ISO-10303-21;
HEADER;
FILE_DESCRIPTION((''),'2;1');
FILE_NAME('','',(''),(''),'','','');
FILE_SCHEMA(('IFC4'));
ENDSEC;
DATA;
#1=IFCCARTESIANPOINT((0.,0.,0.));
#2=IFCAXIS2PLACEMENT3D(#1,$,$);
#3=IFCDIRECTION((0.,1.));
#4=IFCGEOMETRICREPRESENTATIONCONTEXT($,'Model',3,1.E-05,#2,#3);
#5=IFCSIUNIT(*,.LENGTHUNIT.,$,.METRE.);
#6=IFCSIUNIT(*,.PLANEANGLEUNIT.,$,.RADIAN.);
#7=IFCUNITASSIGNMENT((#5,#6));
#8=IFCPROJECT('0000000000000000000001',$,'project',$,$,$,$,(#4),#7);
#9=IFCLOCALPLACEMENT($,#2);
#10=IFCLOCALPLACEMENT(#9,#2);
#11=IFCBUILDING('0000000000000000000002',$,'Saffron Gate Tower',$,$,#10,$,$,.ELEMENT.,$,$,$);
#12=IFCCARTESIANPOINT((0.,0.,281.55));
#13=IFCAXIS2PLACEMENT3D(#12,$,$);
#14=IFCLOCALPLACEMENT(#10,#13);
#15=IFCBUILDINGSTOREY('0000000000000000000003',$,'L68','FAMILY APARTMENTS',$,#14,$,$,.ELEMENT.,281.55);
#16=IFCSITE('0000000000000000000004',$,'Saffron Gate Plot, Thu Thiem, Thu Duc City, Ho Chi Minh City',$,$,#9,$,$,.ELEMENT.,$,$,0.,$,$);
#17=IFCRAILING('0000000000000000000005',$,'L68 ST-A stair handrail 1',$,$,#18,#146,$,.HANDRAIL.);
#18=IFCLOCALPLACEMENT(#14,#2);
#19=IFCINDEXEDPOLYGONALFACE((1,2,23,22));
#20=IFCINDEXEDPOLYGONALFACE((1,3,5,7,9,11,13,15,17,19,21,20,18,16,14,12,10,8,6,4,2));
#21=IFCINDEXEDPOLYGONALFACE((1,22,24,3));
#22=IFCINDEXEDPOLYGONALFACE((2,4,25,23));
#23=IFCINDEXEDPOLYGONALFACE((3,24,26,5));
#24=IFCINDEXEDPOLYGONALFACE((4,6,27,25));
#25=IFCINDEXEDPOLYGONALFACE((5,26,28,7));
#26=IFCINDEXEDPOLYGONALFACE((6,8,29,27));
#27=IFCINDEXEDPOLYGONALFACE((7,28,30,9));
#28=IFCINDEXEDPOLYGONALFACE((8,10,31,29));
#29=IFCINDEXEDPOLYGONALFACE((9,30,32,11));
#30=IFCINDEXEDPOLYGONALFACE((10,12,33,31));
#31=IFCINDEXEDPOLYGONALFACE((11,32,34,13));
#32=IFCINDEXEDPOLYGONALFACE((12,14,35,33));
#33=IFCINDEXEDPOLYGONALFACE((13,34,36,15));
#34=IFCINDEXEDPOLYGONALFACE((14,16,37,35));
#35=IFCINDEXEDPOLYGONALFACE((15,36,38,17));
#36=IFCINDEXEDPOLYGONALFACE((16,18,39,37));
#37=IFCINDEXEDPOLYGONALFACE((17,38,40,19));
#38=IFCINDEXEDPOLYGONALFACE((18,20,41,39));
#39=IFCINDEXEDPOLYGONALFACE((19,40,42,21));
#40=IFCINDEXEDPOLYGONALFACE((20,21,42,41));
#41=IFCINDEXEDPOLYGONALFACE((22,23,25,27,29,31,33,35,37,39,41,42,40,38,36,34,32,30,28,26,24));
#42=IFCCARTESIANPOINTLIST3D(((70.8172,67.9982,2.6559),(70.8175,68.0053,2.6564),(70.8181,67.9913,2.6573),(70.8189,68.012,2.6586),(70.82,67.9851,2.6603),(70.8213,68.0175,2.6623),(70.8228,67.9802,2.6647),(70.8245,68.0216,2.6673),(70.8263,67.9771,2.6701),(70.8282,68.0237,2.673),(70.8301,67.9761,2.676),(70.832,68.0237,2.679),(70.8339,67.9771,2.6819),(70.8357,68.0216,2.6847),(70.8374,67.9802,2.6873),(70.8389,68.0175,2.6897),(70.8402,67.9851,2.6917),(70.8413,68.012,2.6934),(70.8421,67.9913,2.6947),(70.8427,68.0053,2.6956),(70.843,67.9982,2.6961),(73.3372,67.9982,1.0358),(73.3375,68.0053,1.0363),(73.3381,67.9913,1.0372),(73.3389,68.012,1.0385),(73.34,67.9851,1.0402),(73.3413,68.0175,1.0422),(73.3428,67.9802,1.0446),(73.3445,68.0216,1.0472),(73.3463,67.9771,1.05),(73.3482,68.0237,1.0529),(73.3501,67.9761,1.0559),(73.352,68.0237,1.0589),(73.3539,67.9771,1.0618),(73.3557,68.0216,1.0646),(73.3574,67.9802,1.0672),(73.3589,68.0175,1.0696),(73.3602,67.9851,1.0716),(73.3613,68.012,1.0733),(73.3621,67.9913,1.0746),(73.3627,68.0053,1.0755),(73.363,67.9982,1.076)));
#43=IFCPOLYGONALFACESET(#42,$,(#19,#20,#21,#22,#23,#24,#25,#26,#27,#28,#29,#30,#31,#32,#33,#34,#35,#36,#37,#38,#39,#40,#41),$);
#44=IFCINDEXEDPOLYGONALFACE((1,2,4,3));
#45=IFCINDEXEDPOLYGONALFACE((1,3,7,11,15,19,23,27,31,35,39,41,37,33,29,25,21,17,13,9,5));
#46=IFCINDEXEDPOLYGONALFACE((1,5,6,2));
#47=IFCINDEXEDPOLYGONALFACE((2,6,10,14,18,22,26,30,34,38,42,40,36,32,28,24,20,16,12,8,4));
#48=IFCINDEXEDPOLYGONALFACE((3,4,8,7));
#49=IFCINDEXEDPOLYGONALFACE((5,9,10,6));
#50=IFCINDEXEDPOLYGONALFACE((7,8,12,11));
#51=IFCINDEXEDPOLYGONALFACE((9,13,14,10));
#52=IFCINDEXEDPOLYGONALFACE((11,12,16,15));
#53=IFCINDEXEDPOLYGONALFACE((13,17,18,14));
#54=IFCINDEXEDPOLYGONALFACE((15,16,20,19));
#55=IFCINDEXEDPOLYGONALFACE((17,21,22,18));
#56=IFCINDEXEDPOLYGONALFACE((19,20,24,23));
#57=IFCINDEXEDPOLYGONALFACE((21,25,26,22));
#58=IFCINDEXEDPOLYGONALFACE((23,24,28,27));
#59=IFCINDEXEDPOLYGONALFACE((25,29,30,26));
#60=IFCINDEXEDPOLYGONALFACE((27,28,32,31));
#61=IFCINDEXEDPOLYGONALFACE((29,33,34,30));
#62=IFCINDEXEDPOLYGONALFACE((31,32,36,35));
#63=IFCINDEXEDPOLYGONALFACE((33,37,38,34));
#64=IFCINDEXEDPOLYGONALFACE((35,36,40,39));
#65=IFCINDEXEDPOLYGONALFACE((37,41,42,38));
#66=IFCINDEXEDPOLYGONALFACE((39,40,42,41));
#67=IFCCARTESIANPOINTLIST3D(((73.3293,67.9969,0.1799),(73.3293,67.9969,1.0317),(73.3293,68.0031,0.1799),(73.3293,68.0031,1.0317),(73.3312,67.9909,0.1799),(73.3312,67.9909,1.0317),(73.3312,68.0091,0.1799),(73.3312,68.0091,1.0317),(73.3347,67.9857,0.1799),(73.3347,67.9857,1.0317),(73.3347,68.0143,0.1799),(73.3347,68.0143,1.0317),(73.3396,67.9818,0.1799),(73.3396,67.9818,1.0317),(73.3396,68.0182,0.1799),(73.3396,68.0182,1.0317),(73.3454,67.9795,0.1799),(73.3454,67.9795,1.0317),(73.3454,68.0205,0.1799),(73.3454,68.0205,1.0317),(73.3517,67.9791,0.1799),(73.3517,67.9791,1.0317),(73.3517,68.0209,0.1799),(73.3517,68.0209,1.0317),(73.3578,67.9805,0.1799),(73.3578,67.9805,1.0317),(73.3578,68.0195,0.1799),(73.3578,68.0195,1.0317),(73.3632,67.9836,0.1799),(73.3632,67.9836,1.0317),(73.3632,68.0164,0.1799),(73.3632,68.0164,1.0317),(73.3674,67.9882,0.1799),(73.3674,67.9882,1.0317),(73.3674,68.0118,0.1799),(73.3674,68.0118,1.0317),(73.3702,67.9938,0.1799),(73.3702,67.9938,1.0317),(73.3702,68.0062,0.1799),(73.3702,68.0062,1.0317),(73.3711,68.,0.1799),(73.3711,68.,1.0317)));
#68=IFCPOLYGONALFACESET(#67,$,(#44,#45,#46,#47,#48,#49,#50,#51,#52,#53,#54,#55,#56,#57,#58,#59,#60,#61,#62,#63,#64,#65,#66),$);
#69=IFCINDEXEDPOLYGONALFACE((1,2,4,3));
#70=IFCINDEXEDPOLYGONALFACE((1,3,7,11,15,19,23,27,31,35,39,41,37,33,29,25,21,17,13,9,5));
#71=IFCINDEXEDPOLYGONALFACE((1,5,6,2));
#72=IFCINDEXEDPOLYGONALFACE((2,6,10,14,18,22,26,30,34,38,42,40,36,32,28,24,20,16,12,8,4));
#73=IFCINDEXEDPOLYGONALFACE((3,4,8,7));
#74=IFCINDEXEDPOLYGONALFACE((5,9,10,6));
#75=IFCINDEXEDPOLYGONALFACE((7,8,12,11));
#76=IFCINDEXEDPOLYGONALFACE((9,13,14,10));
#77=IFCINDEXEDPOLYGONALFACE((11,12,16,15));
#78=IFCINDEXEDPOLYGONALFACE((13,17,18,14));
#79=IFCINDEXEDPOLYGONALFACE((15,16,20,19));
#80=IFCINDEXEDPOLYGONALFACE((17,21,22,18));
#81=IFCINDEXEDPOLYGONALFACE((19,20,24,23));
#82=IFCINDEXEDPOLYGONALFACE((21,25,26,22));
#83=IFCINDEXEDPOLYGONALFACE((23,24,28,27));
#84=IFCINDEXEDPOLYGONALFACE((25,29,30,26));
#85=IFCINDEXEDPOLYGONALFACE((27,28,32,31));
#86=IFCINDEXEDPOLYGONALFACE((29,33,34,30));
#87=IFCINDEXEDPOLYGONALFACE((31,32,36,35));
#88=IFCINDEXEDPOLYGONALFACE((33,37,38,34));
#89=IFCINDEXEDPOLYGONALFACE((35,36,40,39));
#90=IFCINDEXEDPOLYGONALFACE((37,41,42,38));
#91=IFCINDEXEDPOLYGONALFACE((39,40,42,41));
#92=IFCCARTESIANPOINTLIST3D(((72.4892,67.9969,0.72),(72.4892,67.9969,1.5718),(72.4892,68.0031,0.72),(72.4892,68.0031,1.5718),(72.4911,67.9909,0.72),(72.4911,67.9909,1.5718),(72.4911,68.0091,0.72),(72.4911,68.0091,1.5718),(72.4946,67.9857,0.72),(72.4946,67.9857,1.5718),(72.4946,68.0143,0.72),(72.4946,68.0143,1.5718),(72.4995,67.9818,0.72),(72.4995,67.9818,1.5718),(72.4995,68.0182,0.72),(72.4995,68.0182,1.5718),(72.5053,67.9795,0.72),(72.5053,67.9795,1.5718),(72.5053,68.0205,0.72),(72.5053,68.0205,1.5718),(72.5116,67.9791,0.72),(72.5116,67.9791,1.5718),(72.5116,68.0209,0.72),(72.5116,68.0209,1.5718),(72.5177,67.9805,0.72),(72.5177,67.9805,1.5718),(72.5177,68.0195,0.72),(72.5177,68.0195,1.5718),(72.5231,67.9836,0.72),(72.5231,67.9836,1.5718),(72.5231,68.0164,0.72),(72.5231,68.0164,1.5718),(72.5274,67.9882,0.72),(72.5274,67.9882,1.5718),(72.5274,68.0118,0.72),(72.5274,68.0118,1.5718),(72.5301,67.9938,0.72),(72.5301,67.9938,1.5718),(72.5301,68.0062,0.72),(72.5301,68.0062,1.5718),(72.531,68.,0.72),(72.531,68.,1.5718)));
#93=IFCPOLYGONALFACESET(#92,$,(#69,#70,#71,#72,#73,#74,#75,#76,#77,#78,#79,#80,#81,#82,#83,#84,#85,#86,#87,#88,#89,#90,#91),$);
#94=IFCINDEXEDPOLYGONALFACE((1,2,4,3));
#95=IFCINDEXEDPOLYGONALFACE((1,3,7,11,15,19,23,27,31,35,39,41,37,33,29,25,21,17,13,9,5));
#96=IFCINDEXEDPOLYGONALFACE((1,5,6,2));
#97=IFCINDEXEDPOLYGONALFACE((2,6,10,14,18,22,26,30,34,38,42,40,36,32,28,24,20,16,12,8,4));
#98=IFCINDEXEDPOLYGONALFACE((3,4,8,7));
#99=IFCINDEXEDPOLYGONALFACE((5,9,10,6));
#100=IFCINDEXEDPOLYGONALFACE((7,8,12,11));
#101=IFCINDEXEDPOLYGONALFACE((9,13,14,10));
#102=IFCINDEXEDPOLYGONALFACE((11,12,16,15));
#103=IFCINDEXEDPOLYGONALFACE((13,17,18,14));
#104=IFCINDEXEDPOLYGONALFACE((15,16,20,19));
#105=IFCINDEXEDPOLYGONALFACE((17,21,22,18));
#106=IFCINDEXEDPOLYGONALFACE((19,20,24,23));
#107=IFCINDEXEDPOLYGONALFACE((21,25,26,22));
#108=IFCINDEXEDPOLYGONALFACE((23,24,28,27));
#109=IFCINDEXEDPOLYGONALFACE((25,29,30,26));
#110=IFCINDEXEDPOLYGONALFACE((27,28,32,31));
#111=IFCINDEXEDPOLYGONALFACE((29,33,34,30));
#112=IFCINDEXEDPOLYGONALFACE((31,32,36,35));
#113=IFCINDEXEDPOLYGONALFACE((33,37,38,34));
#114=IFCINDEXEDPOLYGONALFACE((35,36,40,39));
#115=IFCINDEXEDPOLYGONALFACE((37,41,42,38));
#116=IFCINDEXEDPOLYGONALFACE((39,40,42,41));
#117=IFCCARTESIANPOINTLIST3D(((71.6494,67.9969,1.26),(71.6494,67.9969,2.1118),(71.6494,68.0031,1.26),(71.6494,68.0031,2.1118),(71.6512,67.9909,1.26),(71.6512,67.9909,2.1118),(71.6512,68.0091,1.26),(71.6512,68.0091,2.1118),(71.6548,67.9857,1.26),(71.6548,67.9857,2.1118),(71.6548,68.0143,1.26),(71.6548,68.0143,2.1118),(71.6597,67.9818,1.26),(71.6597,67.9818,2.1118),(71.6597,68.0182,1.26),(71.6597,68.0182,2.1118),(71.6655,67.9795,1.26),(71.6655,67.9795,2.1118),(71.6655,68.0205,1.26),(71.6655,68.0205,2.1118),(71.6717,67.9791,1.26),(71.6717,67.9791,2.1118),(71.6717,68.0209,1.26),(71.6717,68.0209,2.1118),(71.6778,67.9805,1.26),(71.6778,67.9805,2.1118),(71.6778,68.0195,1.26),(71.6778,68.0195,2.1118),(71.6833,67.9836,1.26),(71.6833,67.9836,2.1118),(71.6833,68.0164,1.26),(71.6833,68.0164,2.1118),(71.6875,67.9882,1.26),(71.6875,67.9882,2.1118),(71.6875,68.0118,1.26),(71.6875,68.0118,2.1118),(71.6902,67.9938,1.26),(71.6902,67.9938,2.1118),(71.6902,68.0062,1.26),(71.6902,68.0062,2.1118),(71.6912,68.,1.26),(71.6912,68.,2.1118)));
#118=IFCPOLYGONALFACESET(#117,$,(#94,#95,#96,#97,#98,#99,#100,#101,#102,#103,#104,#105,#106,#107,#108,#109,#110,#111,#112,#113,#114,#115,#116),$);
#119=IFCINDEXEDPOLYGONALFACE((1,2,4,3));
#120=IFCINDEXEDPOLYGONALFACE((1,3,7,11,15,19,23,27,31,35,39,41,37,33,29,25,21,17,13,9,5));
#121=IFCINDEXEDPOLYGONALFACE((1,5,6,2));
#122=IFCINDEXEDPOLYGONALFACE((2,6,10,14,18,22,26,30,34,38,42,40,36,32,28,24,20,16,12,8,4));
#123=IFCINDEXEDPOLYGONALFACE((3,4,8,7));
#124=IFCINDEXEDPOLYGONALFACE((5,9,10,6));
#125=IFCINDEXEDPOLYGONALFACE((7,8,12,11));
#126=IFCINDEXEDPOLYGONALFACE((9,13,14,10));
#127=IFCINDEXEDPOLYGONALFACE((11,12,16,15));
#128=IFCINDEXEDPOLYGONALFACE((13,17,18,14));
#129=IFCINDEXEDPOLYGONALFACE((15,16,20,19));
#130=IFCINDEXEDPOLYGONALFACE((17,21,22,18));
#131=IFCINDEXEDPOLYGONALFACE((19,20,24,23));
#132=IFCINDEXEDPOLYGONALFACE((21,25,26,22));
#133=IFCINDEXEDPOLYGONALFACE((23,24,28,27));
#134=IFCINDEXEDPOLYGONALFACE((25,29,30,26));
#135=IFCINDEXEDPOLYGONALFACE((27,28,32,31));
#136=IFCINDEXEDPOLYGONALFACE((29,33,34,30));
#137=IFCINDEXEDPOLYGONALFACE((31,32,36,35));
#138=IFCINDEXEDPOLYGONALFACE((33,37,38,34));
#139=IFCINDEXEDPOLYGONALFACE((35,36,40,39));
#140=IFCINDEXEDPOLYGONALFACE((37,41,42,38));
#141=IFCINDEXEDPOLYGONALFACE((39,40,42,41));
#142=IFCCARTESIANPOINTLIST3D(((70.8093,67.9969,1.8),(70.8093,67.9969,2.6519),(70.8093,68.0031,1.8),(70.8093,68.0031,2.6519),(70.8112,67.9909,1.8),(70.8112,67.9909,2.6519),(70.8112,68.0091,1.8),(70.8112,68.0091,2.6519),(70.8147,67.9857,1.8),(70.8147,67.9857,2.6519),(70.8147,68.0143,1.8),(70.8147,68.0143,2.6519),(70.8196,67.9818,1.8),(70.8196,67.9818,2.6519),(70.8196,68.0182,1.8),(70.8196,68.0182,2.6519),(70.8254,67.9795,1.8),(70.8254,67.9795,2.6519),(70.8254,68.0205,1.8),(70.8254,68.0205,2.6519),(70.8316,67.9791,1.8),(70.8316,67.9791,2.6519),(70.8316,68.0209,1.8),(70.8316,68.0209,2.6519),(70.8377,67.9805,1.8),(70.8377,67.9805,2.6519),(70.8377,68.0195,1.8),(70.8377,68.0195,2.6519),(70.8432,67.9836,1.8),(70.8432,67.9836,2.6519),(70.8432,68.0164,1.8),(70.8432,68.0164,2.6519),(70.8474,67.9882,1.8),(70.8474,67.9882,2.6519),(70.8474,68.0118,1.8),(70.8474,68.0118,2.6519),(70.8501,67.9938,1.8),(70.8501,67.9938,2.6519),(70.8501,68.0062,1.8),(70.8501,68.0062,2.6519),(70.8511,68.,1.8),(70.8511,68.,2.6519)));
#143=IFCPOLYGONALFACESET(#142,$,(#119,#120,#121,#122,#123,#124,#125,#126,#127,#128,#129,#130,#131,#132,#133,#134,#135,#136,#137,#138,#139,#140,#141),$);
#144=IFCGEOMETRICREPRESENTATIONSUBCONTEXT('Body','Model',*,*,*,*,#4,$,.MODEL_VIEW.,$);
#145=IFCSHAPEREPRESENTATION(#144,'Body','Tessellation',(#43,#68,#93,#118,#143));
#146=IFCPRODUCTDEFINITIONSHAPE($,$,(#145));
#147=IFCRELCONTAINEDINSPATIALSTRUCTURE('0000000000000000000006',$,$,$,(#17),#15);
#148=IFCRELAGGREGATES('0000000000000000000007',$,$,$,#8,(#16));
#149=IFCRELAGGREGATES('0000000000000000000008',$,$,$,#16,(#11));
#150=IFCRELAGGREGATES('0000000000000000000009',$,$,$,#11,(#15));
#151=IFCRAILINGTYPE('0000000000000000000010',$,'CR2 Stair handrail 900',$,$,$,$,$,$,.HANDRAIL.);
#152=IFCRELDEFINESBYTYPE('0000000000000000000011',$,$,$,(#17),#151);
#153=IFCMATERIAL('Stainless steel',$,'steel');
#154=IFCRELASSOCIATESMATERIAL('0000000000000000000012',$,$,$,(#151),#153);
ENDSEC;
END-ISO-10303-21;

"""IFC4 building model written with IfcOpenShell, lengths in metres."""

from ifc_helpers import new_model, si_unit, direction, frame, origin, origin_2d, place, context, subcontext, project, spatial, circle, extrude, material, type_object, element, save


model = new_model("IFC4")

# Units and contexts
model_context = context("Model", 3, precision=1e-05, world=origin(), true_north=direction((0.0, 1.0)))
body_context = subcontext(model_context, "Body", "Model", "MODEL_VIEW")
ifc_project = project(units=[si_unit("LENGTHUNIT", "METRE"), si_unit("PLANEANGLEUNIT", "RADIAN")], contexts=[model_context])

# Site, building, storey
site_placement = place(None, origin())
site = spatial("IfcSite", under=ifc_project, at=site_placement, Name="Saffron Gate Plot, Thu Thiem, Thu Duc City, Ho Chi Minh City", CompositionType="ELEMENT", RefElevation=0.0)
building_placement = place(site_placement, origin())
building = spatial("IfcBuilding", under=site, at=building_placement, Name="Saffron Gate Tower", CompositionType="ELEMENT")
storey_placement = place(building_placement, frame((0.0, 0.0, 281.55)))
storey = spatial("IfcBuildingStorey", under=building, at=storey_placement, Name="L68", Description="FAMILY APARTMENTS", CompositionType="ELEMENT", Elevation=281.55)

# Railing
ifc_material_1 = material(Name="Stainless steel", Category="steel")
railing_type_1 = type_object("IfcRailingType", Name="CR2 Stair handrail 900", PredefinedType="HANDRAIL", material=ifc_material_1)
railing_1_placement = place(storey_placement, frame((73.3501, 68.0, 0.1799)))
element("IfcRailing", 1, at=railing_1_placement, inside=storey, type_object=railing_type_1, Name="L68 ST-A stair handrail 1", PredefinedType="HANDRAIL", context=body_context, shape_type="SweptSolid", body=[
    extrude(circle(Radius=0.0239, at=origin_2d()), frame((0.0, 0.0, 0.876), z_axis=(-0.841163, 0.0, 0.540782), x_axis=(0.0, -1.0, 0.0)), (0.0, 0.0, 1.0), 2.9958),
    extrude(circle(Radius=0.021, at=origin_2d()), origin(), (0.0, 0.0, 1.0), 0.8518),
    extrude(circle(Radius=0.021, at=origin_2d()), frame((-0.8401, 0.0, 0.54)), (0.0, 0.0, 1.0), 0.8518),
    extrude(circle(Radius=0.021, at=origin_2d()), frame((-1.6799, 0.0, 1.0801)), (0.0, 0.0, 1.0), 0.8518),
    extrude(circle(Radius=0.021, at=origin_2d()), frame((-2.52, 0.0, 1.6201)), (0.0, 0.0, 1.0), 0.8518),
])

save(model, "model.ifc")
